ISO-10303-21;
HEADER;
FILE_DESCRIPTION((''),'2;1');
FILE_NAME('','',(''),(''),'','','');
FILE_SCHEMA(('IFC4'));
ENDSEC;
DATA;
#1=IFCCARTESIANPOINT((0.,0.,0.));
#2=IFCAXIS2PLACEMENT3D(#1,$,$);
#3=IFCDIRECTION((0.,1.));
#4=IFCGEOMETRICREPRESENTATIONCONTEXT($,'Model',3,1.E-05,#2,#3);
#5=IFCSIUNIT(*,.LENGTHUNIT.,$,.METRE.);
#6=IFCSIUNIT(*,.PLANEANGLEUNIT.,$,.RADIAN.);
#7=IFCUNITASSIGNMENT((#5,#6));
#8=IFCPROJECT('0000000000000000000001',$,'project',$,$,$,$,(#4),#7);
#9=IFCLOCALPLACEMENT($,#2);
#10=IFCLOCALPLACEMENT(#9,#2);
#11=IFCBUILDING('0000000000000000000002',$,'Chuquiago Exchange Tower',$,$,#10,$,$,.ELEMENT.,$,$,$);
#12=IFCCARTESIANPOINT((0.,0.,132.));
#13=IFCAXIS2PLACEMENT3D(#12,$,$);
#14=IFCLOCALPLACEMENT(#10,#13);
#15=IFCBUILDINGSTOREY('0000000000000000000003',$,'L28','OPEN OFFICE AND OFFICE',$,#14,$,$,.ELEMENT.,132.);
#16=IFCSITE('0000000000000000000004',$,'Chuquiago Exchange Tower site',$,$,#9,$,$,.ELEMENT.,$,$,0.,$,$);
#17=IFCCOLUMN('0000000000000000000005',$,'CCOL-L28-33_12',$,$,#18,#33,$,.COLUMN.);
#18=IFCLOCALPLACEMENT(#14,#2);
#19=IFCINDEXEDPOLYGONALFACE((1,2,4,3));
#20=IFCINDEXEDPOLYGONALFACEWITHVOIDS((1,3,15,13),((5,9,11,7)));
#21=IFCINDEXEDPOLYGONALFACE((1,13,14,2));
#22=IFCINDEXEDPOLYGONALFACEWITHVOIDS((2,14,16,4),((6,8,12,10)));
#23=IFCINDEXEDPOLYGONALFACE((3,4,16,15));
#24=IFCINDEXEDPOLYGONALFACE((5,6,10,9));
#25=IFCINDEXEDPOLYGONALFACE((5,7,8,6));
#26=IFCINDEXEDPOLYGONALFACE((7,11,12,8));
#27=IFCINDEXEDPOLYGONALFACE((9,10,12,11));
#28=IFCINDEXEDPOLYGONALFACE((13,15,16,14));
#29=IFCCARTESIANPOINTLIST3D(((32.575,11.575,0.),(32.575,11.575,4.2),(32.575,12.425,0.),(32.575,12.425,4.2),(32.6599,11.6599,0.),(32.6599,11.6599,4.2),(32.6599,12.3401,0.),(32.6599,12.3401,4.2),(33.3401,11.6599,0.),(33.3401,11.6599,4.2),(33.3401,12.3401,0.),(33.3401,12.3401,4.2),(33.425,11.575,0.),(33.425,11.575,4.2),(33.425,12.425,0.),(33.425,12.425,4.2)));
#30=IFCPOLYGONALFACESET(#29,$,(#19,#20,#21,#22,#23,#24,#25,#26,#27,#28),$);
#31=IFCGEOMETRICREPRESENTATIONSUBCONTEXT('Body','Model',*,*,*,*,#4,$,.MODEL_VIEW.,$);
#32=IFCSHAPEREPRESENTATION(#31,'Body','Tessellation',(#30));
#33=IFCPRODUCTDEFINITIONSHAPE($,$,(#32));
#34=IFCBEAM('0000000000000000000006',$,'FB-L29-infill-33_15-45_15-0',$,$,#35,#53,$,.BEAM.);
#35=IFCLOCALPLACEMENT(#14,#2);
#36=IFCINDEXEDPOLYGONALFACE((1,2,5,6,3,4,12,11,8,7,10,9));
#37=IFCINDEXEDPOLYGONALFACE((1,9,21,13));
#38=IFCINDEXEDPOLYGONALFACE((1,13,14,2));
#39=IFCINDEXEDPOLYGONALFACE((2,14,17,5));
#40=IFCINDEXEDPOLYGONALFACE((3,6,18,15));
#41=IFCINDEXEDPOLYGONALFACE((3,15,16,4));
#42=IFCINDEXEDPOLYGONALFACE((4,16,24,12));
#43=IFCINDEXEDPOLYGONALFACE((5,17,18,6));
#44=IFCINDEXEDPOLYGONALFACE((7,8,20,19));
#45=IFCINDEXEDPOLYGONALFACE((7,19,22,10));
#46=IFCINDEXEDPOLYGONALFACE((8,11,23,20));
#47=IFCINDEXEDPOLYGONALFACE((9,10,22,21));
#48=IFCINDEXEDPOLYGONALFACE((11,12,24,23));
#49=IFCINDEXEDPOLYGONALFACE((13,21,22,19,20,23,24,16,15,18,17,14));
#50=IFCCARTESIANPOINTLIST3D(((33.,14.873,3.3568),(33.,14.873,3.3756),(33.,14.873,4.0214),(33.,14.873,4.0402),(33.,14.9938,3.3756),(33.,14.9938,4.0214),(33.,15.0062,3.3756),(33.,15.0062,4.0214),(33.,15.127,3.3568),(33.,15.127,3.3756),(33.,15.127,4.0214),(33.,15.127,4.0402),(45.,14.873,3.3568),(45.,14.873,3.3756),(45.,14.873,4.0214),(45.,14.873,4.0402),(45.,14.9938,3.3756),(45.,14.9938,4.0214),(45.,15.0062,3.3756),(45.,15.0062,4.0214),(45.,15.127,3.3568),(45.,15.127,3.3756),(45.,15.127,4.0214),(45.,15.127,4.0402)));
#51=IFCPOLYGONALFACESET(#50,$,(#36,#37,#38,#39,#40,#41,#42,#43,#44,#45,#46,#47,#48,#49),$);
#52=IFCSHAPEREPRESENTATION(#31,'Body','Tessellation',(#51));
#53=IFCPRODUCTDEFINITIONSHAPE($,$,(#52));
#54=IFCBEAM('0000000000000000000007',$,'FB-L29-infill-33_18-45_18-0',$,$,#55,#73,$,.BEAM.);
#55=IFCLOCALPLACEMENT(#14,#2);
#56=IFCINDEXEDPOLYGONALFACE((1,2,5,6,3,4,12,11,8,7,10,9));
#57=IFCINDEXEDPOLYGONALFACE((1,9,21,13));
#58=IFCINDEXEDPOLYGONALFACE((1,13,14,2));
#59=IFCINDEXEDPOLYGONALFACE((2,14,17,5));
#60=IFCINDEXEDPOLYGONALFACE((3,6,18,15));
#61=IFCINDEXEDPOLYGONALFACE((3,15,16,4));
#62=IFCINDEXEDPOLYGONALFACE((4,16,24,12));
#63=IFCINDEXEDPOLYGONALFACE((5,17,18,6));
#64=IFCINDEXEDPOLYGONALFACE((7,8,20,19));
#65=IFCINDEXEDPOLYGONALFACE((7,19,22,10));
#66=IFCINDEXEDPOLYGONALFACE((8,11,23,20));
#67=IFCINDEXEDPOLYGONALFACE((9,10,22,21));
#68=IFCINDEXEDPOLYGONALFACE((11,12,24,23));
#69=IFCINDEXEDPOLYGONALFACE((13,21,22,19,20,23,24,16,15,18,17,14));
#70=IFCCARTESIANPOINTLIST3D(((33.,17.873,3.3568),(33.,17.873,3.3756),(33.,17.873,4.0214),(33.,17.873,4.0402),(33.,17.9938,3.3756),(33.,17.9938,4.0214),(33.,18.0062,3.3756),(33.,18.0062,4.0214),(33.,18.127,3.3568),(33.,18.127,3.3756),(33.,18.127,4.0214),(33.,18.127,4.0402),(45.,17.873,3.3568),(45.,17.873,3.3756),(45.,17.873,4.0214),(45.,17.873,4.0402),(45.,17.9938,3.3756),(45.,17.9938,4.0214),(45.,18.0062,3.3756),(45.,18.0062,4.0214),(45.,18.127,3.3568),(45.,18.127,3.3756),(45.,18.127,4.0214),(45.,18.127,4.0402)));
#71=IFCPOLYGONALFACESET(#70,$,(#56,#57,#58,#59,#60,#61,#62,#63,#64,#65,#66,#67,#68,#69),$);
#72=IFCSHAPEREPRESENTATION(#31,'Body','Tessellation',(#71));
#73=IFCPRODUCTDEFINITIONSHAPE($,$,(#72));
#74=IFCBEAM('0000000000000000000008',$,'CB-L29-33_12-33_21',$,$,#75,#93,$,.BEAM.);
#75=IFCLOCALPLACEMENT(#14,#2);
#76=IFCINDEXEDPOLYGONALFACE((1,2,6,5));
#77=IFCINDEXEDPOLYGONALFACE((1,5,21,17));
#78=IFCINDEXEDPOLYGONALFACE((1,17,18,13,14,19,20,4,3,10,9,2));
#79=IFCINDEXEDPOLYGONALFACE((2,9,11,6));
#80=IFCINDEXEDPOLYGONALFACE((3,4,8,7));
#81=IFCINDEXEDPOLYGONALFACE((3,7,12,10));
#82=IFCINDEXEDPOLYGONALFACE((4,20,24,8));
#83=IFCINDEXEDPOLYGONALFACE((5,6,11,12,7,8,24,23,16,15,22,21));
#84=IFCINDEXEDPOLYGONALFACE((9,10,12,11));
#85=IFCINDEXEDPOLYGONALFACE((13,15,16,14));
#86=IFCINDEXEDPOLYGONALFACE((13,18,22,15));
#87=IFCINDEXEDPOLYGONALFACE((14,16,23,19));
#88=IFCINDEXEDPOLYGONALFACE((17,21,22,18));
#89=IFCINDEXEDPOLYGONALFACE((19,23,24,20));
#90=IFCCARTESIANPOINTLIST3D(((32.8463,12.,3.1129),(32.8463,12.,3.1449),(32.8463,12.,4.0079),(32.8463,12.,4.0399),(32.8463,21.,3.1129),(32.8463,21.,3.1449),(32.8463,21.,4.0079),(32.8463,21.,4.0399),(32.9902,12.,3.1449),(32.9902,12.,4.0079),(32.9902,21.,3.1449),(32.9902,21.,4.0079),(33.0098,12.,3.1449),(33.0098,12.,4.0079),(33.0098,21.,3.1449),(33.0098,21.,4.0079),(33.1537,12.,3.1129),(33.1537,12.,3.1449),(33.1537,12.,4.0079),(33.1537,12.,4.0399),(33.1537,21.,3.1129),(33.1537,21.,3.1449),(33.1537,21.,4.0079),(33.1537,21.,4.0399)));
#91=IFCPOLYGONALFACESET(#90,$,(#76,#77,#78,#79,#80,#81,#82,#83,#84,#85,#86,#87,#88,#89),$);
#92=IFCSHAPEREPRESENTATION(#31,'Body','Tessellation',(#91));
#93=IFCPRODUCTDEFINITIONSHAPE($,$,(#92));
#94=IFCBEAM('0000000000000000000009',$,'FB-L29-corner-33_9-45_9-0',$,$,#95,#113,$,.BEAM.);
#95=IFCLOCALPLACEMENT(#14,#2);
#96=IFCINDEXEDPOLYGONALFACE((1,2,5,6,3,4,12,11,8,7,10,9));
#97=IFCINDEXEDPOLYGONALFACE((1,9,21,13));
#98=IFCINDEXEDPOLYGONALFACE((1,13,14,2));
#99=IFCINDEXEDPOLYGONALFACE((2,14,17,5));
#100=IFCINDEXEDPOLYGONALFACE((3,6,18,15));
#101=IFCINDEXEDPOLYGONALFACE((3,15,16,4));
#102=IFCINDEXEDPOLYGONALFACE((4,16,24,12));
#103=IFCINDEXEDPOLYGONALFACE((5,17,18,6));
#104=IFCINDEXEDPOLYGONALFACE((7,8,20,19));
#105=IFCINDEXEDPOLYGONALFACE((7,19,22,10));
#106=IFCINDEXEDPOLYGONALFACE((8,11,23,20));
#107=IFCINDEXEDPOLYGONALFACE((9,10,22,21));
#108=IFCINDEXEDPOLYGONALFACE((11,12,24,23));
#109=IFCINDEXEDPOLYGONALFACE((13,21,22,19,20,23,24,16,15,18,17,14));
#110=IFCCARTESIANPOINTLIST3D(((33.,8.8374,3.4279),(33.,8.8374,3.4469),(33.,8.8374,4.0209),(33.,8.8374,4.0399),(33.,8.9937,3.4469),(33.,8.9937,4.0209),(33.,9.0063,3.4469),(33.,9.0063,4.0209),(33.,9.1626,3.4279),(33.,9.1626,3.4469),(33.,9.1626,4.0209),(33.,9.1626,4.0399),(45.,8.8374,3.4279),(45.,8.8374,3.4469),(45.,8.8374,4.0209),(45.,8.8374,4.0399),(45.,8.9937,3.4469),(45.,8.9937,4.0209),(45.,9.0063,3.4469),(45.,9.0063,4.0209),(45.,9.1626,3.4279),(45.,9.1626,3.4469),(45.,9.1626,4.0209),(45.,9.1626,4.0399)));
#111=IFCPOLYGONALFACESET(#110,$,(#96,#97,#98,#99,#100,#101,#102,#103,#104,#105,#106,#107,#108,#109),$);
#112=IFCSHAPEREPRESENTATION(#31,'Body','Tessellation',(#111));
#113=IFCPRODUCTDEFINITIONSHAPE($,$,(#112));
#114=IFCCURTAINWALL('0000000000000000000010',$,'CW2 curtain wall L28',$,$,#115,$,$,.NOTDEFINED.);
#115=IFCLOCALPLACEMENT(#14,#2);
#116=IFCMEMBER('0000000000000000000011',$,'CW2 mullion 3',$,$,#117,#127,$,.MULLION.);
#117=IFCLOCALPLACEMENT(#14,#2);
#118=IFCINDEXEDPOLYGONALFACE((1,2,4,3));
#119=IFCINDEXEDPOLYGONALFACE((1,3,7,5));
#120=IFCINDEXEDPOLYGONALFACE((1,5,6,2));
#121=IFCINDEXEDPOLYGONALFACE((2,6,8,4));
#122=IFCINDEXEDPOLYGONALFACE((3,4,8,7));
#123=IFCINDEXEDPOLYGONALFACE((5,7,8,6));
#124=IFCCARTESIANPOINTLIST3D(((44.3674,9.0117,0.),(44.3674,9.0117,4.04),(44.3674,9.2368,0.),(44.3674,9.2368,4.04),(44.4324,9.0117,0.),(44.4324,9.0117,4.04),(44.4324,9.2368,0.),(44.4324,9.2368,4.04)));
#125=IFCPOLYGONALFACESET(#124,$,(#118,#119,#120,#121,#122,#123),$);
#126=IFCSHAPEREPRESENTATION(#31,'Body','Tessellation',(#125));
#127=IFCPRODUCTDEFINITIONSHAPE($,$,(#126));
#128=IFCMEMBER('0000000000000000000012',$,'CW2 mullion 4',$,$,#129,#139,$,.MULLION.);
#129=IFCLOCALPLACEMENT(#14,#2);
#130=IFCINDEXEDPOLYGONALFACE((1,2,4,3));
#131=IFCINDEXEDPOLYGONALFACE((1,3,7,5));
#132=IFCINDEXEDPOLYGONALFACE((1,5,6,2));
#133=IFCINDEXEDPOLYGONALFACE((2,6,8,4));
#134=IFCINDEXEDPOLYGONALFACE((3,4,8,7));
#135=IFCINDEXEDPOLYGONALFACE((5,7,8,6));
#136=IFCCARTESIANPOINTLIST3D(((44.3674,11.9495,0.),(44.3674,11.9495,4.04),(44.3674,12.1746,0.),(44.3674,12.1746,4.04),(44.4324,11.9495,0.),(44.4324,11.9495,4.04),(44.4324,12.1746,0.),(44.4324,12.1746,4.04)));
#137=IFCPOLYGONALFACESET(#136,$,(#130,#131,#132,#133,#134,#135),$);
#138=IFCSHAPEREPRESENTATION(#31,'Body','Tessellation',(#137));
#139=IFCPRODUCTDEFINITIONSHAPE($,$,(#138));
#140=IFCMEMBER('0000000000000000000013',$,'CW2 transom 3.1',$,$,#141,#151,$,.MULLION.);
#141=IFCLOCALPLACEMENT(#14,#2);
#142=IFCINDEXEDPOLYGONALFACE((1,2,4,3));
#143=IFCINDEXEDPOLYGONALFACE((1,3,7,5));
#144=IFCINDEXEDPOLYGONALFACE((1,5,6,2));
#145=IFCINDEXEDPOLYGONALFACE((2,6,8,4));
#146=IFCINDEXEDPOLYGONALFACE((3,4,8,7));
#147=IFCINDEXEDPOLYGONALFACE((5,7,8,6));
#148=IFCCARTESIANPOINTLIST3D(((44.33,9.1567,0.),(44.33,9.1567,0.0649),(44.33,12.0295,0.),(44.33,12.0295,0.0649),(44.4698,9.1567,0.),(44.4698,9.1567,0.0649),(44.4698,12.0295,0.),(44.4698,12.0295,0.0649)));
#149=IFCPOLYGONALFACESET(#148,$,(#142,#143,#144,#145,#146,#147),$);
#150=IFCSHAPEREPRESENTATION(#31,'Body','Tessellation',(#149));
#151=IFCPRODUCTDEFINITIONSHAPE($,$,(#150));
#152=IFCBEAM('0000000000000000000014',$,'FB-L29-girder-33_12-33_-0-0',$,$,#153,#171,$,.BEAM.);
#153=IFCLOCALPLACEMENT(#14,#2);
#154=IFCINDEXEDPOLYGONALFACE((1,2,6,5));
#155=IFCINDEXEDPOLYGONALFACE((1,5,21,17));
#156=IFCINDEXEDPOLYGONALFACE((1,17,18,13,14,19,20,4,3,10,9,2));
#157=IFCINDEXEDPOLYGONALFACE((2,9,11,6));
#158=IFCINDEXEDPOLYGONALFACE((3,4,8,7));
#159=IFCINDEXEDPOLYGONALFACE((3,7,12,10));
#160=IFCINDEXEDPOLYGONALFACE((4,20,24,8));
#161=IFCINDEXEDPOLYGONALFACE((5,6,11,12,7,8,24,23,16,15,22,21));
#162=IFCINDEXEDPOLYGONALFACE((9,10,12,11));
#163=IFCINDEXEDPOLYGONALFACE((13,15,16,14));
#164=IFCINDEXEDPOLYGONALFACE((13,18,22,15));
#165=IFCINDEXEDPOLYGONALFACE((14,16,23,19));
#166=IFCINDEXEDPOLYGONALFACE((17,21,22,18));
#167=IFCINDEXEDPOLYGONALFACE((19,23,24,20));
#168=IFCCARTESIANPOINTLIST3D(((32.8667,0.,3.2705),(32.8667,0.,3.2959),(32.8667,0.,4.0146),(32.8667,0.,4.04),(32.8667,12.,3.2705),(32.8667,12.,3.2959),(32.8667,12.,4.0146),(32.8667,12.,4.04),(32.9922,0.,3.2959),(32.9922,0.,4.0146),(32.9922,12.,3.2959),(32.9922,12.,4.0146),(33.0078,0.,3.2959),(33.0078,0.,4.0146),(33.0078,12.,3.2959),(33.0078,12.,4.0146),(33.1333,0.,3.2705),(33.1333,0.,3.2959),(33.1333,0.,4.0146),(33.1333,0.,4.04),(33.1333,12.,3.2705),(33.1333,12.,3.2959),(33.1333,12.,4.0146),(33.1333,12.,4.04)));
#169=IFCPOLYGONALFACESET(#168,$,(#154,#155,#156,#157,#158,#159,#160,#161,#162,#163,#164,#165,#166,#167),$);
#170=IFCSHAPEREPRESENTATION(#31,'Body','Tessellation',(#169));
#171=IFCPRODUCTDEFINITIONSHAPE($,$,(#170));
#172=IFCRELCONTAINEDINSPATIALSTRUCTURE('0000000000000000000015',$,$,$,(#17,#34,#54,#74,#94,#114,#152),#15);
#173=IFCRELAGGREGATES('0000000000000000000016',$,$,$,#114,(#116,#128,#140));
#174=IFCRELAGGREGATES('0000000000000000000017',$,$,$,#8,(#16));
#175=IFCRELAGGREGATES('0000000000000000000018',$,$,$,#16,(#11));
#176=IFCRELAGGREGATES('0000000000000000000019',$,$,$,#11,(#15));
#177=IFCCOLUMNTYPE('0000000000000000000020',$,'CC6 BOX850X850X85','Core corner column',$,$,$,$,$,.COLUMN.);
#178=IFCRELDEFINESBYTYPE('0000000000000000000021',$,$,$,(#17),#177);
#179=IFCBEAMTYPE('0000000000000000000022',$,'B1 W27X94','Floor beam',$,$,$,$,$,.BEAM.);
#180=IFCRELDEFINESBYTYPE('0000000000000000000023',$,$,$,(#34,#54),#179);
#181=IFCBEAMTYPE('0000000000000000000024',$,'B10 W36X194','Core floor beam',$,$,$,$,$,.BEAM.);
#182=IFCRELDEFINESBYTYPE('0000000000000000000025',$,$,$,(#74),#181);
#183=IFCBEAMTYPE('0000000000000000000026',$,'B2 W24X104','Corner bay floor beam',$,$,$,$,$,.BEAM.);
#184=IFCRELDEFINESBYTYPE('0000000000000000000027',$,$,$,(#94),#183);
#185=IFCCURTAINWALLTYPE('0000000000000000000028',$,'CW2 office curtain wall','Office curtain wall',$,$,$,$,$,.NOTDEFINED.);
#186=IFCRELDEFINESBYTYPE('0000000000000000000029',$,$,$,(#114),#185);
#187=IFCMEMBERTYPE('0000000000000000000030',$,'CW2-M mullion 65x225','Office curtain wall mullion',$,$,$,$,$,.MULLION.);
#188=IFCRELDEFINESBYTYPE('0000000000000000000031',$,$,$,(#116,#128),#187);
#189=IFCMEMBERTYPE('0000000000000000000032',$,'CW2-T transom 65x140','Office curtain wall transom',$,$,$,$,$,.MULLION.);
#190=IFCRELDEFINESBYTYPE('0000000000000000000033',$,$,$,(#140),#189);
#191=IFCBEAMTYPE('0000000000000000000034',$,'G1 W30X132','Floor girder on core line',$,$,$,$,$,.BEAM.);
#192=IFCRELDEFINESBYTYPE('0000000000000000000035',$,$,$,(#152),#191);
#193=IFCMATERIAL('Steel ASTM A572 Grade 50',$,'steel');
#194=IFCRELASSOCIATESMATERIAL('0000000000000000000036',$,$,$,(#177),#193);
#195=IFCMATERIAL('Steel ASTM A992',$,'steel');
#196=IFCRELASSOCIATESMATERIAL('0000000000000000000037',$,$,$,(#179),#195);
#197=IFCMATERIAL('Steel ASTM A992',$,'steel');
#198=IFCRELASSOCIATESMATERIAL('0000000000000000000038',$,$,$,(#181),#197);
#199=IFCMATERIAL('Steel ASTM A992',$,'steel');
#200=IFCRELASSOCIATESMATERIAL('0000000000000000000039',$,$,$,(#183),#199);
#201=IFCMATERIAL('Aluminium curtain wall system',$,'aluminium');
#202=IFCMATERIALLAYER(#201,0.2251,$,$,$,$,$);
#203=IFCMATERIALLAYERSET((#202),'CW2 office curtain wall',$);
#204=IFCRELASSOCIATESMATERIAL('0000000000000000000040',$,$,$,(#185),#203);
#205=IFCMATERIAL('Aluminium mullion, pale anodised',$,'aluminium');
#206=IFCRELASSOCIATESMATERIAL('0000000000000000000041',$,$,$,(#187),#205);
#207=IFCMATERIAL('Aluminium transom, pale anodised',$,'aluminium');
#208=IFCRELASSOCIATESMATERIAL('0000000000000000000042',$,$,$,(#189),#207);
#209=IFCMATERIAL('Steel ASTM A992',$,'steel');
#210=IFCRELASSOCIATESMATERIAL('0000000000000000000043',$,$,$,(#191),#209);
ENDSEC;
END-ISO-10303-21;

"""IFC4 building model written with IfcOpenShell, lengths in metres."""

from ifc_helpers import new_model, si_unit, direction, frame, origin, origin_2d, place, context, subcontext, project, spatial, rectangle, hollow_rectangle, i_section, extrude, material, layer, layer_set, material_profile, profile_set, type_object, element, aggregate, save


model = new_model("IFC4")

# Units and contexts
model_context = context("Model", 3, precision=1e-05, world=origin(), true_north=direction((0.0, 1.0)))
body_context = subcontext(model_context, "Body", "Model", "MODEL_VIEW")
ifc_project = project(units=[si_unit("LENGTHUNIT", "METRE"), si_unit("PLANEANGLEUNIT", "RADIAN")], contexts=[model_context])

# Site, building, storey
site_placement = place(None, origin())
site = spatial("IfcSite", under=ifc_project, at=site_placement, Name="Chuquiago Exchange Tower site", CompositionType="ELEMENT", RefElevation=0.0)
building_placement = place(site_placement, origin())
building = spatial("IfcBuilding", under=site, at=building_placement, Name="Chuquiago Exchange Tower", CompositionType="ELEMENT")
storey_placement = place(building_placement, frame((0.0, 0.0, 132.0)))
storey = spatial("IfcBuildingStorey", under=building, at=storey_placement, Name="L28", Description="OPEN OFFICE AND OFFICE", CompositionType="ELEMENT", Elevation=132.0)

# Column
ifc_material_1 = material(Name="Steel ASTM A572 Grade 50", Category="steel")
ifc_material_profile_1 = material_profile(ifc_material_1, hollow_rectangle(XDim=0.8501, YDim=0.8501, WallThickness=0.085, at=origin_2d()), Name="BOX850X850X85")
ifc_profile_set_1 = profile_set([ifc_material_profile_1], Name="Steel ASTM A572 Grade 50")
column_type = type_object("IfcColumnType", Name="CC6 BOX850X850X85", Description="Core corner column", PredefinedType="COLUMN", material=ifc_profile_set_1)
column_placement = place(storey_placement, frame((33.0, 12.0, 0.0), z_axis=(0.0, 0.0, 1.0), x_axis=(1.0, 0.0, 0.0)))
element("IfcColumn", 1, at=column_placement, inside=storey, type_object=column_type, Name="CCOL-L28-33_12", PredefinedType="COLUMN", context=body_context, shape_type="SweptSolid", body=[
    extrude(hollow_rectangle(XDim=0.8501, YDim=0.8501, WallThickness=0.085, at=origin_2d()), origin(), (0.0, 0.0, 1.0), 4.2),
])

# Beams
ifc_material_2 = material(Name="Steel ASTM A992", Category="steel")
ifc_material_profile_2 = material_profile(ifc_material_2, i_section(OverallWidth=0.2539, OverallDepth=0.6833, WebThickness=0.0125, FlangeThickness=0.0188, at=origin_2d()), Name="W27X94")
ifc_profile_set_2 = profile_set([ifc_material_profile_2], Name="Steel ASTM A992")
beam_type_1 = type_object("IfcBeamType", Name="B1 W27X94", Description="Floor beam", PredefinedType="BEAM", material=ifc_profile_set_2)
for number, where, z_axis, x_axis, name in (
    (2, (33.0, 15.0, 3.6985), (1.0, 0.0, 0.0), (0.0, 1.0, 0.0), "FB-L29-infill-33_15-45_15-0"),
    (3, (33.0, 18.0, 3.6985), (1.0, 0.0, 0.0), (0.0, 1.0, 0.0), "FB-L29-infill-33_18-45_18-0"),
):
    element("IfcBeam", number, at=place(storey_placement, frame(where, z_axis=z_axis, x_axis=x_axis)), inside=storey, type_object=beam_type_1, Name=name, PredefinedType="BEAM", context=body_context, shape_type="SweptSolid", body=[
        extrude(i_section(OverallWidth=0.2539, OverallDepth=0.6833, WebThickness=0.0125, FlangeThickness=0.0188, at=origin_2d()), origin(), (0.0, 0.0, 1.0), 12.0),
    ])
ifc_material_3 = material(Name="Steel ASTM A992", Category="steel")
ifc_material_profile_3 = material_profile(ifc_material_3, i_section(OverallWidth=0.3074, OverallDepth=0.927, WebThickness=0.0195, FlangeThickness=0.032, at=origin_2d()), Name="W36X194")
ifc_profile_set_3 = profile_set([ifc_material_profile_3], Name="Steel ASTM A992")
beam_type_2 = type_object("IfcBeamType", Name="B10 W36X194", Description="Core floor beam", PredefinedType="BEAM", material=ifc_profile_set_3)
beam_1_placement = place(storey_placement, frame((33.0, 12.0, 3.5764), z_axis=(0.0, 1.0, 0.0), x_axis=(-1.0, 0.0, 0.0)))
element("IfcBeam", 4, at=beam_1_placement, inside=storey, type_object=beam_type_2, Name="CB-L29-33_12-33_21", PredefinedType="BEAM", context=body_context, shape_type="SweptSolid", body=[
    extrude(i_section(OverallWidth=0.3074, OverallDepth=0.927, WebThickness=0.0195, FlangeThickness=0.032, at=origin_2d()), origin(), (0.0, 0.0, 1.0), 9.0),
])
ifc_material_4 = material(Name="Steel ASTM A992", Category="steel")
ifc_material_profile_4 = material_profile(ifc_material_4, i_section(OverallWidth=0.3252, OverallDepth=0.6121, WebThickness=0.0127, FlangeThickness=0.019, at=origin_2d()), Name="W24X104")
ifc_profile_set_4 = profile_set([ifc_material_profile_4], Name="Steel ASTM A992")
beam_type_3 = type_object("IfcBeamType", Name="B2 W24X104", Description="Corner bay floor beam", PredefinedType="BEAM", material=ifc_profile_set_4)
beam_2_placement = place(storey_placement, frame((33.0, 9.0, 3.7339), z_axis=(1.0, 0.0, 0.0), x_axis=(0.0, 1.0, 0.0)))
element("IfcBeam", 5, at=beam_2_placement, inside=storey, type_object=beam_type_3, Name="FB-L29-corner-33_9-45_9-0", PredefinedType="BEAM", context=body_context, shape_type="SweptSolid", body=[
    extrude(i_section(OverallWidth=0.3252, OverallDepth=0.6121, WebThickness=0.0127, FlangeThickness=0.019, at=origin_2d()), origin(), (0.0, 0.0, 1.0), 12.0),
])

# Curtain wall, members
ifc_material_5 = material(Name="Aluminium curtain wall system", Category="aluminium")
ifc_layer_1 = layer(ifc_material_5, 0.2251)
ifc_layer_set_1 = layer_set([ifc_layer_1], Name="CW2 office curtain wall")
curtain_wall_type = type_object("IfcCurtainWallType", Name="CW2 office curtain wall", Description="Office curtain wall", PredefinedType="NOTDEFINED", material=ifc_layer_set_1)
curtain_wall_placement = place(storey_placement, origin())
curtain_wall = element("IfcCurtainWall", 6, at=curtain_wall_placement, inside=storey, type_object=curtain_wall_type, Name="CW2 curtain wall L28", PredefinedType="NOTDEFINED")
ifc_material_6 = material(Name="Aluminium mullion, pale anodised", Category="aluminium")
ifc_material_profile_5 = material_profile(ifc_material_6, rectangle(XDim=0.0649, YDim=0.2251, at=origin_2d()), Name="AL 65x225")
ifc_profile_set_5 = profile_set([ifc_material_profile_5], Name="Aluminium mullion, pale anodised")
member_type_1 = type_object("IfcMemberType", Name="CW2-M mullion 65x225", Description="Office curtain wall mullion", PredefinedType="MULLION", material=ifc_profile_set_5)
member_1_placement = place(storey_placement, frame((44.3999, 9.1243, 0.0), z_axis=(0.0, 0.0, 1.0), x_axis=(-1.0, 0.0, 0.0)))
member_1 = element("IfcMember", 7, at=member_1_placement, type_object=member_type_1, Name="CW2 mullion 3", PredefinedType="MULLION", context=body_context, shape_type="SweptSolid", body=[
    extrude(rectangle(XDim=0.0649, YDim=0.2251, at=origin_2d()), origin(), (0.0, 0.0, 1.0), 4.04),
])
member_2_placement = place(storey_placement, frame((44.3999, 12.062, 0.0), z_axis=(0.0, 0.0, 1.0), x_axis=(-1.0, 0.0, 0.0)))
member_2 = element("IfcMember", 8, at=member_2_placement, type_object=member_type_1, Name="CW2 mullion 4", PredefinedType="MULLION", context=body_context, shape_type="SweptSolid", body=[
    extrude(rectangle(XDim=0.0649, YDim=0.2251, at=origin_2d()), origin(), (0.0, 0.0, 1.0), 4.04),
])
ifc_material_7 = material(Name="Aluminium transom, pale anodised", Category="aluminium")
ifc_material_profile_6 = material_profile(ifc_material_7, rectangle(XDim=0.1399, YDim=0.0649, at=origin_2d()), Name="AL 140x65")
ifc_profile_set_6 = profile_set([ifc_material_profile_6], Name="Aluminium transom, pale anodised")
member_type_2 = type_object("IfcMemberType", Name="CW2-T transom 65x140", Description="Office curtain wall transom", PredefinedType="MULLION", material=ifc_profile_set_6)
member_3_placement = place(storey_placement, frame((44.3999, 9.1567, 0.0325), z_axis=(0.0, 1.0, 0.0), x_axis=(-1.0, 0.0, 0.0)))
member_3 = element("IfcMember", 9, at=member_3_placement, type_object=member_type_2, Name="CW2 transom 3.1", PredefinedType="MULLION", context=body_context, shape_type="SweptSolid", body=[
    extrude(rectangle(XDim=0.1399, YDim=0.0649, at=origin_2d()), origin(), (0.0, 0.0, 1.0), 2.8728),
])

# Beam
ifc_material_8 = material(Name="Steel ASTM A992", Category="steel")
ifc_material_profile_7 = material_profile(ifc_material_8, i_section(OverallWidth=0.2666, OverallDepth=0.7695, WebThickness=0.0156, FlangeThickness=0.0254, at=origin_2d()), Name="W30X132")
ifc_profile_set_7 = profile_set([ifc_material_profile_7], Name="Steel ASTM A992")
beam_type_4 = type_object("IfcBeamType", Name="G1 W30X132", Description="Floor girder on core line", PredefinedType="BEAM", material=ifc_profile_set_7)
for number, where, z_axis, x_axis, name in (
    (10, (33.0, 12.0, 3.6553), (0.0, -1.0, 0.0), (1.0, 0.0, 0.0), "FB-L29-girder-33_12-33_-0-0"),
):
    element("IfcBeam", number, at=place(storey_placement, frame(where, z_axis=z_axis, x_axis=x_axis)), inside=storey, type_object=beam_type_4, Name=name, PredefinedType="BEAM", context=body_context, shape_type="SweptSolid", body=[
        extrude(i_section(OverallWidth=0.2666, OverallDepth=0.7695, WebThickness=0.0156, FlangeThickness=0.0254, at=origin_2d()), origin(), (0.0, 0.0, 1.0), 12.0),
    ])

aggregate(curtain_wall, [member_1, member_2, member_3])

save(model, "model.ifc")
